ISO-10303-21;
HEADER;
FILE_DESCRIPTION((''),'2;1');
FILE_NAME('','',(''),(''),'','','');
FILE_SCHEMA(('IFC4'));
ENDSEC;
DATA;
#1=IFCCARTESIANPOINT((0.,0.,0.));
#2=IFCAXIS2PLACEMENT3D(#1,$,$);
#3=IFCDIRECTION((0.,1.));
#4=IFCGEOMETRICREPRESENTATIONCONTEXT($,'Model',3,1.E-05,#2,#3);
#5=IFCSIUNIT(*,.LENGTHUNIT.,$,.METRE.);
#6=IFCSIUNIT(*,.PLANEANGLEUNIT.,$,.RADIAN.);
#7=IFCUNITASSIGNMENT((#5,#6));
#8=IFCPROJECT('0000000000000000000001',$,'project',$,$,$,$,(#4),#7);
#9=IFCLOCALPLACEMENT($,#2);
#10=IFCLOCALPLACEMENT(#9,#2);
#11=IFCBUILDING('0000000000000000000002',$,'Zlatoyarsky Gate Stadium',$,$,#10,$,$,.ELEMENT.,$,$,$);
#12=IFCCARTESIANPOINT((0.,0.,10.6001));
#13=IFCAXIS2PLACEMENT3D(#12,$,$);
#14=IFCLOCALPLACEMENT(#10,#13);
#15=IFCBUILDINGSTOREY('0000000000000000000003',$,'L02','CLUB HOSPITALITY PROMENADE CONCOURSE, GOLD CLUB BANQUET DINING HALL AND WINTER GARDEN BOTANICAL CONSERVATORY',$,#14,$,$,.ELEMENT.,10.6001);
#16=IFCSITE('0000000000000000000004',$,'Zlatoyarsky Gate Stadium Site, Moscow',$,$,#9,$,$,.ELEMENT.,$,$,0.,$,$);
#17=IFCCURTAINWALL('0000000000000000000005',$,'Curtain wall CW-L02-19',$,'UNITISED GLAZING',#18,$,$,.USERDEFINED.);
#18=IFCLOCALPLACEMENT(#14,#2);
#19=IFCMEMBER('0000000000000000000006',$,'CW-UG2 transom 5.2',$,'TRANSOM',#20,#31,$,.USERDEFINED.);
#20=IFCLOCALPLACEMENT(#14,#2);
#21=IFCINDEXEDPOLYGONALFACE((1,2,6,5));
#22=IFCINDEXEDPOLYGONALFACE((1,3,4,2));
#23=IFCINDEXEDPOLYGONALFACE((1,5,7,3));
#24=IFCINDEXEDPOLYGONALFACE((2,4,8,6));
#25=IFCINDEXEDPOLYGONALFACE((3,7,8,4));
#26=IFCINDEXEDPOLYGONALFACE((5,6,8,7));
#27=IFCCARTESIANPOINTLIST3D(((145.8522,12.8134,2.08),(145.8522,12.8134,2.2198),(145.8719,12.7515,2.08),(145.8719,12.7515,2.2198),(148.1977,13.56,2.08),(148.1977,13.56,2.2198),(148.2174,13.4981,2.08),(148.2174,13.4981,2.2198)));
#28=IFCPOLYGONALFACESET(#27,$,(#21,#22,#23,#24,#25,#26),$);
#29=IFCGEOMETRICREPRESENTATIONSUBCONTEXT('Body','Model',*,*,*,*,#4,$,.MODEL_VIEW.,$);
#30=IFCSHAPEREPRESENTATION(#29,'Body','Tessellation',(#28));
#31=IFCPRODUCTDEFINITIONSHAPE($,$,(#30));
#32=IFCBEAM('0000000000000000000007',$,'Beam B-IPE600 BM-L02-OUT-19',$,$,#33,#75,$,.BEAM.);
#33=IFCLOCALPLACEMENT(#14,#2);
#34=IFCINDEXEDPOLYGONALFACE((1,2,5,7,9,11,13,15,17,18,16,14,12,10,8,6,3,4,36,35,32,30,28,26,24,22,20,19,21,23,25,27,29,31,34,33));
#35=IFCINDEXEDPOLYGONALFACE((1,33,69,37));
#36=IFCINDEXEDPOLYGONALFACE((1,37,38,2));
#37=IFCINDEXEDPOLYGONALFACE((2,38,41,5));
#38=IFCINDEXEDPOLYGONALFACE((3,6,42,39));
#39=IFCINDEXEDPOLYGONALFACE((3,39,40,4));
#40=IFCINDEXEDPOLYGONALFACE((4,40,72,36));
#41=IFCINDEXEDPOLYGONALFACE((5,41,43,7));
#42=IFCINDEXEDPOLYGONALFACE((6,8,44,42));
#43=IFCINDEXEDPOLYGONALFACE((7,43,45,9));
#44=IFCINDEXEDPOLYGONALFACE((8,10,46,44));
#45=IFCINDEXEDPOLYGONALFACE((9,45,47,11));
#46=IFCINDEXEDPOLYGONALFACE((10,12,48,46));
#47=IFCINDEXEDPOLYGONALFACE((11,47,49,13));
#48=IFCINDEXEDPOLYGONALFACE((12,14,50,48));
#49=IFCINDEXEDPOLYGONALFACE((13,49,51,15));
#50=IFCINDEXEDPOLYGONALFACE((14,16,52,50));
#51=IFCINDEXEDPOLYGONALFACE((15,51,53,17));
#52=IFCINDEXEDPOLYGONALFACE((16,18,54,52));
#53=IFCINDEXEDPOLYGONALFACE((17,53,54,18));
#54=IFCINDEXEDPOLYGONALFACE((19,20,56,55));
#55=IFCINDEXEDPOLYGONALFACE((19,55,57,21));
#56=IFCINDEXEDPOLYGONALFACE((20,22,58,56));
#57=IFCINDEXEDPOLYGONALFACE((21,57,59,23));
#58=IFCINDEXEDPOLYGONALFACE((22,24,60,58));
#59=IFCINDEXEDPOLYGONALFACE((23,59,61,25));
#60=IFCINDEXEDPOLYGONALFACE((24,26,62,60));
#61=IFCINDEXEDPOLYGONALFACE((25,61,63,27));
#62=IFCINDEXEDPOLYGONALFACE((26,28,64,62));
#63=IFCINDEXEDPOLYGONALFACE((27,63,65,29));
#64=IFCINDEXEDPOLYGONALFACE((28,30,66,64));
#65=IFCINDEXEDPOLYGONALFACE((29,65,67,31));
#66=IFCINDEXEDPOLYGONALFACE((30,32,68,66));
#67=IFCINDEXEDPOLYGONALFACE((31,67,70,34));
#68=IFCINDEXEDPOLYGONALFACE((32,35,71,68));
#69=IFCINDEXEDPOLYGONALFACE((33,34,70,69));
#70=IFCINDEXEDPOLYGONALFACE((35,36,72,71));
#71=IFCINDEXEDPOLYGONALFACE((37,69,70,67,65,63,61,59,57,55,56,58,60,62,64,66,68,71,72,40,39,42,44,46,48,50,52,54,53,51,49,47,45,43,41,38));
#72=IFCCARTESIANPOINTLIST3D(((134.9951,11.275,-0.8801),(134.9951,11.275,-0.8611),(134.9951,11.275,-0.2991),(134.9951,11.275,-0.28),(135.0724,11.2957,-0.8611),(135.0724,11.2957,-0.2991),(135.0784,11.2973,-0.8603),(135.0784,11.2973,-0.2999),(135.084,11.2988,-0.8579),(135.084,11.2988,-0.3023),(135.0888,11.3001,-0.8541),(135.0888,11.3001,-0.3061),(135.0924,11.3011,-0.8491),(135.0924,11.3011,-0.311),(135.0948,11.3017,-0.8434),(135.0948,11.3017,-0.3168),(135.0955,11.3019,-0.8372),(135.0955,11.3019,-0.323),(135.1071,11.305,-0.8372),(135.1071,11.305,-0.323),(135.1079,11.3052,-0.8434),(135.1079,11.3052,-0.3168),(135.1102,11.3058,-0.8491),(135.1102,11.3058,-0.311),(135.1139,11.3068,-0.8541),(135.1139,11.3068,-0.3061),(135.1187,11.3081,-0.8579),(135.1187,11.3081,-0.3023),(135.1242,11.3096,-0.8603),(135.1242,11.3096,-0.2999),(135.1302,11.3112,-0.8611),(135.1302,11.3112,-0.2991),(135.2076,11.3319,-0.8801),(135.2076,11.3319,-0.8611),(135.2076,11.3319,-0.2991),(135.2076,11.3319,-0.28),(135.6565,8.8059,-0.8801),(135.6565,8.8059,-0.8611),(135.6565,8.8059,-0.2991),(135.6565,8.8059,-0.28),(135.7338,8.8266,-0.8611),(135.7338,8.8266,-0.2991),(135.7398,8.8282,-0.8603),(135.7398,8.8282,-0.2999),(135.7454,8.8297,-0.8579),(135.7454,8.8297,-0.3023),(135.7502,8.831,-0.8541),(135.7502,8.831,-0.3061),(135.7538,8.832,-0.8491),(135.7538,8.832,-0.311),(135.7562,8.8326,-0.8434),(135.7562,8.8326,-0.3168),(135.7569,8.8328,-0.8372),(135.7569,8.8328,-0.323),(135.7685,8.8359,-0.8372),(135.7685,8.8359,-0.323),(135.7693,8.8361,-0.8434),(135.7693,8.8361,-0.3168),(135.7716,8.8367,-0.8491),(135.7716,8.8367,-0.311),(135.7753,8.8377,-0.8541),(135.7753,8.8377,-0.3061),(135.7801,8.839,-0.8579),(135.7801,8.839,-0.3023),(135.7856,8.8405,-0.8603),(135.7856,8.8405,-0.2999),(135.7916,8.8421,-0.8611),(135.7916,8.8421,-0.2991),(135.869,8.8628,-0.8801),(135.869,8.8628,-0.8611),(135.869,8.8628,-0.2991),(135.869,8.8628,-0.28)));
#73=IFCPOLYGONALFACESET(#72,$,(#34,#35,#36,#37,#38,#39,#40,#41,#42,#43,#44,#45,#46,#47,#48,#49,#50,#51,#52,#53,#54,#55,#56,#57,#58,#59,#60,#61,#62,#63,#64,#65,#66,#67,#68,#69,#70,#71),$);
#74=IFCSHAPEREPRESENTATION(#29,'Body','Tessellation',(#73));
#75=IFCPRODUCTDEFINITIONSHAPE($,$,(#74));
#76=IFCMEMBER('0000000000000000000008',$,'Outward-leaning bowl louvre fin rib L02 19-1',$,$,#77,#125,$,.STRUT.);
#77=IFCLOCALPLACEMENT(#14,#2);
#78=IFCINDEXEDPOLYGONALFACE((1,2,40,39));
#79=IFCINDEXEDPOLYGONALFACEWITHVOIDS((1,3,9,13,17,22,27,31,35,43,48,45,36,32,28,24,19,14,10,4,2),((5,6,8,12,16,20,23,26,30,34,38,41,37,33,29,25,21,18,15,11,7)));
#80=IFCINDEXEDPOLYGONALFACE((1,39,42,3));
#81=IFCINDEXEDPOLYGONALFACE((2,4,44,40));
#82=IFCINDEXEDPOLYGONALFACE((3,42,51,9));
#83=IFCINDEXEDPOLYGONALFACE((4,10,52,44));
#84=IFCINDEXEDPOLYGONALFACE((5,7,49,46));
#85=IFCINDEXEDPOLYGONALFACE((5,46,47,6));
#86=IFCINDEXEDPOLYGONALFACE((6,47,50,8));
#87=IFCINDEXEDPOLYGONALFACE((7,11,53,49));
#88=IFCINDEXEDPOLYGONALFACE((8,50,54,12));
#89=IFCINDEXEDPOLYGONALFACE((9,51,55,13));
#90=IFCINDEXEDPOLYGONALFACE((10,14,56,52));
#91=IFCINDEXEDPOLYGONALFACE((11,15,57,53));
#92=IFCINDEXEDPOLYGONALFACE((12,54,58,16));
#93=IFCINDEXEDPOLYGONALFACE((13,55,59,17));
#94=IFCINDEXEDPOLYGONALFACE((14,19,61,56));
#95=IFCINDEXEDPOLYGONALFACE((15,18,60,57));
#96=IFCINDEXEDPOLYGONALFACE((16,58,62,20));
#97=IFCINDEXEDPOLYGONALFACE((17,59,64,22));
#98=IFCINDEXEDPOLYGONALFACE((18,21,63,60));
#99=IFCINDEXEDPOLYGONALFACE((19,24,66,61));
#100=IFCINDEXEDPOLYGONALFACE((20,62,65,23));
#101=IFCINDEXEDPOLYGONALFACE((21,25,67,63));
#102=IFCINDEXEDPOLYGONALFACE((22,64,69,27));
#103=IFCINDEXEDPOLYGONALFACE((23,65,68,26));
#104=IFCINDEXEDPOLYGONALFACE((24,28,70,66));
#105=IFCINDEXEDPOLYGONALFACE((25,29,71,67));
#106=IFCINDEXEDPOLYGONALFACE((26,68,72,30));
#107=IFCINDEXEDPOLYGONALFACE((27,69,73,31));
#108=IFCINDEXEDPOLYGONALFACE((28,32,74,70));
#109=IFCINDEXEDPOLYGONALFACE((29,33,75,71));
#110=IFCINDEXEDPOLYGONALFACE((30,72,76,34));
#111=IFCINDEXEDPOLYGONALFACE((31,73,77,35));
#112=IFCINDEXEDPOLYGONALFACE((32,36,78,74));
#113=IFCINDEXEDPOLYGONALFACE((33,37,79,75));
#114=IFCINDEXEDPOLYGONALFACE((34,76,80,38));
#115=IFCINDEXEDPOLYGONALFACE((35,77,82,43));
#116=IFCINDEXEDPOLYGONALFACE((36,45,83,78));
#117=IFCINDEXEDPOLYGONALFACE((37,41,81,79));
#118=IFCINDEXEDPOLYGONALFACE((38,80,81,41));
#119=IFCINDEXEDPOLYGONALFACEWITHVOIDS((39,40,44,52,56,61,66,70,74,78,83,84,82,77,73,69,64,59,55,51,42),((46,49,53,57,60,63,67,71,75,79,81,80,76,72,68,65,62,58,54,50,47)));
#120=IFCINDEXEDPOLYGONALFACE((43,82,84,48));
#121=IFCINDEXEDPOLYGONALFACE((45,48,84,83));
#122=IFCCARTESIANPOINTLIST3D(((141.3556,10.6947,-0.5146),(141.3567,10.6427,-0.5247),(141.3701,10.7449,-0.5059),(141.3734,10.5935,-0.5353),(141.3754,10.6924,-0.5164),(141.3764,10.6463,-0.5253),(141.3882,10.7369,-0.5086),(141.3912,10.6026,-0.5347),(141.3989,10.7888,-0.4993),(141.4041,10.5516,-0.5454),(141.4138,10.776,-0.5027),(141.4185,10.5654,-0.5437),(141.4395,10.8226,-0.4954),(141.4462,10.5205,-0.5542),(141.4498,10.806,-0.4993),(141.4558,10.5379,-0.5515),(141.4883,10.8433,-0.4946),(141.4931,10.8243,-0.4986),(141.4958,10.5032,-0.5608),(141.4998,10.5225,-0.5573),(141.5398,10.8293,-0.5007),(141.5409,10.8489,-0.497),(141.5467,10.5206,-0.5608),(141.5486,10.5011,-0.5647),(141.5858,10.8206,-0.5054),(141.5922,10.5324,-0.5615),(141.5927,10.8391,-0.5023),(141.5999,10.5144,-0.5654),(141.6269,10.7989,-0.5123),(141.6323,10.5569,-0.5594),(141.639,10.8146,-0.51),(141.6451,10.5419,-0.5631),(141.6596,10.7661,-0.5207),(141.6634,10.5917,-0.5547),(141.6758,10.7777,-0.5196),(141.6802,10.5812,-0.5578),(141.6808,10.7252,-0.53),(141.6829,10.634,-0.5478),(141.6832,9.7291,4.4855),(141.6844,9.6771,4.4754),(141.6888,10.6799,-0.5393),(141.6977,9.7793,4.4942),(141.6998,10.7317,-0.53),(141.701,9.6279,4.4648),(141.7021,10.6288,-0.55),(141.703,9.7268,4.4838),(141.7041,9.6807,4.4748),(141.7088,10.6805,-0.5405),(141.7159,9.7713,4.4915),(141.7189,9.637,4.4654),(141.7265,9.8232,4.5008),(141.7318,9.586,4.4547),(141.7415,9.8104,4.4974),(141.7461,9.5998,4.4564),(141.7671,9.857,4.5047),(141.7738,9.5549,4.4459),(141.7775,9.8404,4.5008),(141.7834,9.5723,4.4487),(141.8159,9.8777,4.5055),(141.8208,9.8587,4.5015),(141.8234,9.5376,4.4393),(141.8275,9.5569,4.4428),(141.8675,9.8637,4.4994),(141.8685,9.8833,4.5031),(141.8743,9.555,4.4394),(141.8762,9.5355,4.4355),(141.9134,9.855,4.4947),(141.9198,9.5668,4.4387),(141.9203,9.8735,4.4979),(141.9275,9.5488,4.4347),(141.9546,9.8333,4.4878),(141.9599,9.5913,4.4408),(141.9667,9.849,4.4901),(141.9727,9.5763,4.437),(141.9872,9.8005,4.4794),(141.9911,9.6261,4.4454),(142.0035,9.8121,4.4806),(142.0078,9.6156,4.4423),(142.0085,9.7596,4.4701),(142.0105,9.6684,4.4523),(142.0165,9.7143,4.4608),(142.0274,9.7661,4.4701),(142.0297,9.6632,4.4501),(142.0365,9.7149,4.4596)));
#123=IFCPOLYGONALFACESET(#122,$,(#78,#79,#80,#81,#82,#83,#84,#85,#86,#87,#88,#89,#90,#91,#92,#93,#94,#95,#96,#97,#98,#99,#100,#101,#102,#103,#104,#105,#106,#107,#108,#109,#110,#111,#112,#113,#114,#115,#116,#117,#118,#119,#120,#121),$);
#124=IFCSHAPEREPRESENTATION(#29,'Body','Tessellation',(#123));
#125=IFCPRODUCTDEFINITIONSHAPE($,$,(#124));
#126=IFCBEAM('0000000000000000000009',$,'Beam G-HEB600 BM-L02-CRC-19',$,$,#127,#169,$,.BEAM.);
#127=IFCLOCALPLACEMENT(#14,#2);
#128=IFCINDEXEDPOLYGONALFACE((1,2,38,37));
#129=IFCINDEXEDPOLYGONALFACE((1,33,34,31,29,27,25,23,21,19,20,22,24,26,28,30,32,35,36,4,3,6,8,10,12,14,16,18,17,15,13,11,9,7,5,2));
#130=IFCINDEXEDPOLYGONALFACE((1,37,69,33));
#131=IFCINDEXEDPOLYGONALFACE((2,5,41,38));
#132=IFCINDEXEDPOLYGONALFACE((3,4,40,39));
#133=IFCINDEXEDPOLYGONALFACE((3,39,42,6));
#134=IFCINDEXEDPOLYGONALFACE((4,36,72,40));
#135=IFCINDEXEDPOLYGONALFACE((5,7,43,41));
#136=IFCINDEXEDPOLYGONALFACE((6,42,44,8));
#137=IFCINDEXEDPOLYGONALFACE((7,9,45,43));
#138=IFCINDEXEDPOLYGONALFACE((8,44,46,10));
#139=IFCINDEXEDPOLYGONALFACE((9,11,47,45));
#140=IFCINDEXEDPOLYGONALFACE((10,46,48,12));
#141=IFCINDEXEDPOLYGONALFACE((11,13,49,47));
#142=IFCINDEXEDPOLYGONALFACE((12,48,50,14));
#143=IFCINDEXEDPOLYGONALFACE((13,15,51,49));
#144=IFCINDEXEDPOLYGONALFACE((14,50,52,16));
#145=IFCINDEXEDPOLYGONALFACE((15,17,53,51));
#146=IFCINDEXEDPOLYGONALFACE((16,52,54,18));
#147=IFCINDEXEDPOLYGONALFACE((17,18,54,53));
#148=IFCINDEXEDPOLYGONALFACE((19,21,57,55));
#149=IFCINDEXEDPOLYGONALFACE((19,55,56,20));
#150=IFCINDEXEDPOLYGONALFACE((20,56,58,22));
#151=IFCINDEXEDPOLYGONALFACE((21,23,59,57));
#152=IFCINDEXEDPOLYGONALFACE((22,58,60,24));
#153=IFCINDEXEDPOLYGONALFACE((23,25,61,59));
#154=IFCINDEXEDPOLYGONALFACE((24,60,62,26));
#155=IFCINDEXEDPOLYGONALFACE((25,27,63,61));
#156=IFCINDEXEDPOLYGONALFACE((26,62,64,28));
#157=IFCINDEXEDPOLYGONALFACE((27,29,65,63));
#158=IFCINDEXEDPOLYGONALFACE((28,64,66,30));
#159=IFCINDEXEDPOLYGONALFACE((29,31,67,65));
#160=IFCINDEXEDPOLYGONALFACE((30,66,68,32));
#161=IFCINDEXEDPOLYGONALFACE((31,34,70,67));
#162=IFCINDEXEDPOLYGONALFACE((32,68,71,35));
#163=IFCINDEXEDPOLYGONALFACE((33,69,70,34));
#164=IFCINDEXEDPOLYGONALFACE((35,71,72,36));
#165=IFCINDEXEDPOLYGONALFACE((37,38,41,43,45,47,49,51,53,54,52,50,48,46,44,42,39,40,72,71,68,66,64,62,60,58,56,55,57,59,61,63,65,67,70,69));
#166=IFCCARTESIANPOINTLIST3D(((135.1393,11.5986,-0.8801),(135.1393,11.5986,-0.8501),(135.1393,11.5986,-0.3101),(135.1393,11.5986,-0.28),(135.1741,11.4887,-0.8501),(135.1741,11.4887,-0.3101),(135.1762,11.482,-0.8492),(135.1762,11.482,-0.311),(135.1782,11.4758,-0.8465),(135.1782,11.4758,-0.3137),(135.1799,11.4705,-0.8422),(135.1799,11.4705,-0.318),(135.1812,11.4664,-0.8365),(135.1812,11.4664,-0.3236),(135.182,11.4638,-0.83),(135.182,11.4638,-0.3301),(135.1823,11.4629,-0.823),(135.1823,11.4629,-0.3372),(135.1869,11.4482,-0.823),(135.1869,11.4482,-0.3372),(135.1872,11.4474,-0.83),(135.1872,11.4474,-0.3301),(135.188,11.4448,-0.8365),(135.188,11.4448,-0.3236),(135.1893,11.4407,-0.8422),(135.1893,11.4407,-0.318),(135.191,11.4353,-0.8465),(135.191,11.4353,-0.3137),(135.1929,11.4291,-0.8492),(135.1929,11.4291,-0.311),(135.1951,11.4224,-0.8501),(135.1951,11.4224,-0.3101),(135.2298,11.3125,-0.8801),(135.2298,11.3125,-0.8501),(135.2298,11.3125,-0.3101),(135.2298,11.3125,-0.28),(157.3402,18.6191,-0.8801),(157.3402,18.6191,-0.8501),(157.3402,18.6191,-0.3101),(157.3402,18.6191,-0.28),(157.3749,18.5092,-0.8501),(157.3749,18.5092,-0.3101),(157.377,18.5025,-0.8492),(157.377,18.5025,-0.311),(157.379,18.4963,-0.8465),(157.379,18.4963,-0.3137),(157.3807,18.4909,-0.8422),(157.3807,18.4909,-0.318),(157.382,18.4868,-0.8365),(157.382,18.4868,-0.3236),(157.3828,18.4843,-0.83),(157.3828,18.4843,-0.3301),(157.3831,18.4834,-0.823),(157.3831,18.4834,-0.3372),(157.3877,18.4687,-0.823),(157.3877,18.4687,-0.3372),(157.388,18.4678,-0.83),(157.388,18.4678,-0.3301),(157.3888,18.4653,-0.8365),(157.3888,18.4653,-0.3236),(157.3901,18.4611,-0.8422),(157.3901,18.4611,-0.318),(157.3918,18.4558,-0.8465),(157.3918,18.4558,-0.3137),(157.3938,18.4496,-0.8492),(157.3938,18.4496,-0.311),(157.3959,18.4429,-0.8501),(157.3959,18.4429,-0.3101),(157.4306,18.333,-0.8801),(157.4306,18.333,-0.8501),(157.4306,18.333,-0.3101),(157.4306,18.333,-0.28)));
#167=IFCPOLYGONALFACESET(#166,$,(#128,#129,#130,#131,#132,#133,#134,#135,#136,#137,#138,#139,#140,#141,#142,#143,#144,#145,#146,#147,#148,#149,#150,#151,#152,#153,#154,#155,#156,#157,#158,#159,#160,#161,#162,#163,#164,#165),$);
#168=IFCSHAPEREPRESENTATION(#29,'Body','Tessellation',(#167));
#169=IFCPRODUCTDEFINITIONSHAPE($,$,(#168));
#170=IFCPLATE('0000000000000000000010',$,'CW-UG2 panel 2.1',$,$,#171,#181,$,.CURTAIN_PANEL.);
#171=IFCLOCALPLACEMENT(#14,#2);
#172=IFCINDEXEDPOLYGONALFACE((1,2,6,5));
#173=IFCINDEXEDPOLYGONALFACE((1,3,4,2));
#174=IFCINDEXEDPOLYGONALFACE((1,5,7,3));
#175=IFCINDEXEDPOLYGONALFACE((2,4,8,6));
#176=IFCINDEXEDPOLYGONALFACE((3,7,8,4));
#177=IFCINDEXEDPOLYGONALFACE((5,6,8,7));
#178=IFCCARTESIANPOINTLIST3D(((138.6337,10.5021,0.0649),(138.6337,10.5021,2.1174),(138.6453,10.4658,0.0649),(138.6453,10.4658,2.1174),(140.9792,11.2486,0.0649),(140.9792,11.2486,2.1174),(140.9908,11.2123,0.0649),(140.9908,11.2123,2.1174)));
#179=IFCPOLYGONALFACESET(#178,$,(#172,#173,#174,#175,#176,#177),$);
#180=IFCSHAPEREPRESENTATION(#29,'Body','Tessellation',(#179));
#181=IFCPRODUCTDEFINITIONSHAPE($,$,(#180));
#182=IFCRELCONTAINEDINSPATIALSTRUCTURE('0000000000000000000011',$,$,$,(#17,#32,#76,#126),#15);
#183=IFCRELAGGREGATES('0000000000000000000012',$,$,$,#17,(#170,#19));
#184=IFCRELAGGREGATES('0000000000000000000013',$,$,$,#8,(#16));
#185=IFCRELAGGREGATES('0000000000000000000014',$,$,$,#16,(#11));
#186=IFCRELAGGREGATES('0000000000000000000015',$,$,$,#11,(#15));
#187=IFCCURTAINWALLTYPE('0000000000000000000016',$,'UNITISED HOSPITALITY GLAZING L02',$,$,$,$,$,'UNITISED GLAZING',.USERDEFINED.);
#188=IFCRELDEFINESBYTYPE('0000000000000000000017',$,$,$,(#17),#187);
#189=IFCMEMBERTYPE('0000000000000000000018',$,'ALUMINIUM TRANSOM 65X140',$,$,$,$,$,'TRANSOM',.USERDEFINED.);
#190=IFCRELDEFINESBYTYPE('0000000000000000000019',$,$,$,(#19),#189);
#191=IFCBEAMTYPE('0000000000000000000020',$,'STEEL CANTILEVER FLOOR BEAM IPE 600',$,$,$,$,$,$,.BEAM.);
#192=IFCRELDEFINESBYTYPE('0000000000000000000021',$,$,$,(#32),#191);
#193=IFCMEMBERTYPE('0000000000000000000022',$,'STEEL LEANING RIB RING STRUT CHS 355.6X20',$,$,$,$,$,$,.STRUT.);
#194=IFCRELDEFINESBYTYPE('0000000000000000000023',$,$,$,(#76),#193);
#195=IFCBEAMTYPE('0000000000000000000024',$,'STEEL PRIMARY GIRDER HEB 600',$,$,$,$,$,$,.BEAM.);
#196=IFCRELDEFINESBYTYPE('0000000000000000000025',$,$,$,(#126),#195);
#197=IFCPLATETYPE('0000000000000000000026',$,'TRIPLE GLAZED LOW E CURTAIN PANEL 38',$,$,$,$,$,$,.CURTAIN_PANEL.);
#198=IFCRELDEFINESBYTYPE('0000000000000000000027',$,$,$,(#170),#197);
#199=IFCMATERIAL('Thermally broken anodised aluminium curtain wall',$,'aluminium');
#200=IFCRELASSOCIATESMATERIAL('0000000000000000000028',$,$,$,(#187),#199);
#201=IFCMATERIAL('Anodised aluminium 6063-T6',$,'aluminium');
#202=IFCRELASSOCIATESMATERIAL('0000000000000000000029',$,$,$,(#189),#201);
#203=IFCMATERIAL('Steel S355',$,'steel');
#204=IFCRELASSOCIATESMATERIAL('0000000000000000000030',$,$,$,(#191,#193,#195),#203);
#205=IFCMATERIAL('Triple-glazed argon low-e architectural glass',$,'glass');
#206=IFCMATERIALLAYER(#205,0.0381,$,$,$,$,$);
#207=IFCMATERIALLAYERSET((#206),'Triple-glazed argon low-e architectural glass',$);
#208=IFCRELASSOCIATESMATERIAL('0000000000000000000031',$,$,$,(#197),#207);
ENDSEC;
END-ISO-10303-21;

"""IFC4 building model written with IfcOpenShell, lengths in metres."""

from ifc_helpers import new_model, si_unit, direction, frame, origin, origin_2d, place, context, subcontext, project, spatial, rectangle, hollow_circle, i_section, extrude, material, layer, layer_set, material_profile, profile_set, type_object, element, aggregate, save


model = new_model("IFC4")

# Units and contexts
model_context = context("Model", 3, precision=1e-05, world=origin(), true_north=direction((0.0, 1.0)))
body_context = subcontext(model_context, "Body", "Model", "MODEL_VIEW")
ifc_project = project(units=[si_unit("LENGTHUNIT", "METRE"), si_unit("PLANEANGLEUNIT", "RADIAN")], contexts=[model_context])

# Site, building, storey
site_placement = place(None, origin())
site = spatial("IfcSite", under=ifc_project, at=site_placement, Name="Zlatoyarsky Gate Stadium Site, Moscow", CompositionType="ELEMENT", RefElevation=0.0)
building_placement = place(site_placement, origin())
building = spatial("IfcBuilding", under=site, at=building_placement, Name="Zlatoyarsky Gate Stadium", CompositionType="ELEMENT")
storey_placement = place(building_placement, frame((0.0, 0.0, 10.6001)))
storey = spatial("IfcBuildingStorey", under=building, at=storey_placement, Name="L02", Description="CLUB HOSPITALITY PROMENADE CONCOURSE, GOLD CLUB BANQUET DINING HALL AND WINTER GARDEN BOTANICAL CONSERVATORY", CompositionType="ELEMENT", Elevation=10.6001)

# Shared definitions
ifc_material_1 = material(Name="Steel S355", Category="steel")

# Curtain wall, member
ifc_material_2 = material(Name="Thermally broken anodised aluminium curtain wall", Category="aluminium")
curtain_wall_type = type_object("IfcCurtainWallType", Name="UNITISED HOSPITALITY GLAZING L02", ElementType="UNITISED GLAZING", PredefinedType="USERDEFINED", material=ifc_material_2)
curtain_wall_placement = place(storey_placement, origin())
curtain_wall = element("IfcCurtainWall", 1, at=curtain_wall_placement, inside=storey, type_object=curtain_wall_type, Name="Curtain wall CW-L02-19", ObjectType="UNITISED GLAZING", PredefinedType="USERDEFINED")
ifc_material_3 = material(Name="Anodised aluminium 6063-T6", Category="aluminium")
ifc_material_profile_1 = material_profile(ifc_material_3, rectangle(XDim=0.0649, YDim=0.1399, at=origin_2d()), Name="ALU 65X140")
ifc_profile_set_1 = profile_set([ifc_material_profile_1], Name="Anodised aluminium 6063-T6")
member_type_1 = type_object("IfcMemberType", Name="ALUMINIUM TRANSOM 65X140", ElementType="TRANSOM", PredefinedType="USERDEFINED", material=ifc_profile_set_1)
member_1_placement = place(storey_placement, frame((145.8621, 12.7825, 2.1499), z_axis=(0.952891, 0.303314, 0.0), x_axis=(-0.303314, 0.952891, 0.0)))
member_1 = element("IfcMember", 2, at=member_1_placement, type_object=member_type_1, Name="CW-UG2 transom 5.2", ObjectType="TRANSOM", PredefinedType="USERDEFINED", context=body_context, shape_type="SweptSolid", body=[
    extrude(rectangle(XDim=0.0649, YDim=0.1399, at=origin_2d()), origin(), (0.0, 0.0, 1.0), 2.4614),
])

# Beam
ifc_material_profile_2 = material_profile(ifc_material_1, i_section(OverallWidth=0.22, OverallDepth=0.6001, WebThickness=0.012, FlangeThickness=0.019, FilletRadius=0.0239, at=origin_2d()), Name="IPE 600")
ifc_profile_set_2 = profile_set([ifc_material_profile_2], Name="Steel S355")
beam_type_1 = type_object("IfcBeamType", Name="STEEL CANTILEVER FLOOR BEAM IPE 600", PredefinedType="BEAM", material=ifc_profile_set_2)
beam_1_placement = place(storey_placement, frame((135.1013, 11.3035, -0.5801), z_axis=(0.25875, -0.965944, 0.0), x_axis=(0.965944, 0.25875, 0.0)))
element("IfcBeam", 3, at=beam_1_placement, inside=storey, type_object=beam_type_1, Name="Beam B-IPE600 BM-L02-OUT-19", PredefinedType="BEAM", context=body_context, shape_type="SweptSolid", body=[
    extrude(i_section(OverallWidth=0.22, OverallDepth=0.6001, WebThickness=0.012, FlangeThickness=0.019, FilletRadius=0.0239, at=origin_2d()), origin(), (0.0, 0.0, 1.0), 2.5562),
])

# Member
ifc_material_profile_3 = material_profile(ifc_material_1, hollow_circle(Radius=0.1777, WallThickness=0.02, at=origin_2d()), Name="CHS 355.6X20")
ifc_profile_set_3 = profile_set([ifc_material_profile_3], Name="Steel S355")
member_type_2 = type_object("IfcMemberType", Name="STEEL LEANING RIB RING STRUT CHS 355.6X20", PredefinedType="STRUT", material=ifc_profile_set_3)
member_2_placement = place(storey_placement, frame((141.5315, 10.6746, -0.53), z_axis=(0.064206, -0.189221, 0.979833), x_axis=(0.94697, 0.321323, 0.0)))
element("IfcMember", 4, at=member_2_placement, inside=storey, type_object=member_type_2, Name="Outward-leaning bowl louvre fin rib L02 19-1", PredefinedType="STRUT", context=body_context, shape_type="SweptSolid", body=[
    extrude(hollow_circle(Radius=0.1777, WallThickness=0.02, at=origin_2d()), origin(), (0.0, 0.0, 1.0), 5.103),
])

# Beam
ifc_material_profile_4 = material_profile(ifc_material_1, i_section(OverallWidth=0.3, OverallDepth=0.6001, WebThickness=0.0154, FlangeThickness=0.03, FilletRadius=0.0271, at=origin_2d()), Name="HEB 600")
ifc_profile_set_4 = profile_set([ifc_material_profile_4], Name="Steel S355")
beam_type_2 = type_object("IfcBeamType", Name="STEEL PRIMARY GIRDER HEB 600", PredefinedType="BEAM", material=ifc_profile_set_4)
beam_2_placement = place(storey_placement, frame((135.1846, 11.4556, -0.5801), z_axis=(0.953463, 0.30151, 0.0), x_axis=(-0.30151, 0.953463, 0.0)))
element("IfcBeam", 5, at=beam_2_placement, inside=storey, type_object=beam_type_2, Name="Beam G-HEB600 BM-L02-CRC-19", PredefinedType="BEAM", context=body_context, shape_type="SweptSolid", body=[
    extrude(i_section(OverallWidth=0.3, OverallDepth=0.6001, WebThickness=0.0154, FlangeThickness=0.03, FilletRadius=0.0271, at=origin_2d()), origin(), (0.0, 0.0, 1.0), 23.2844),
])

# Plate
ifc_material_4 = material(Name="Triple-glazed argon low-e architectural glass", Category="glass")
ifc_layer = layer(ifc_material_4, 0.0381)
ifc_layer_set = layer_set([ifc_layer], Name="Triple-glazed argon low-e architectural glass")
plate_type = type_object("IfcPlateType", Name="TRIPLE GLAZED LOW E CURTAIN PANEL 38", PredefinedType="CURTAIN_PANEL", material=ifc_layer_set)
plate_1_placement = place(storey_placement, frame((139.8123, 10.8572, 0.0649), z_axis=(0.0, 0.0, 1.0), x_axis=(0.952902, 0.303278, 0.0)))
plate_1 = element("IfcPlate", 6, at=plate_1_placement, type_object=plate_type, Name="CW-UG2 panel 2.1", PredefinedType="CURTAIN_PANEL", context=body_context, shape_type="SweptSolid", body=[
    extrude(rectangle(XDim=2.4614, YDim=0.0381, at=origin_2d()), origin(), (0.0, 0.0, 1.0), 2.0525),
])
aggregate(curtain_wall, [plate_1, member_1])

save(model, "model.ifc")
